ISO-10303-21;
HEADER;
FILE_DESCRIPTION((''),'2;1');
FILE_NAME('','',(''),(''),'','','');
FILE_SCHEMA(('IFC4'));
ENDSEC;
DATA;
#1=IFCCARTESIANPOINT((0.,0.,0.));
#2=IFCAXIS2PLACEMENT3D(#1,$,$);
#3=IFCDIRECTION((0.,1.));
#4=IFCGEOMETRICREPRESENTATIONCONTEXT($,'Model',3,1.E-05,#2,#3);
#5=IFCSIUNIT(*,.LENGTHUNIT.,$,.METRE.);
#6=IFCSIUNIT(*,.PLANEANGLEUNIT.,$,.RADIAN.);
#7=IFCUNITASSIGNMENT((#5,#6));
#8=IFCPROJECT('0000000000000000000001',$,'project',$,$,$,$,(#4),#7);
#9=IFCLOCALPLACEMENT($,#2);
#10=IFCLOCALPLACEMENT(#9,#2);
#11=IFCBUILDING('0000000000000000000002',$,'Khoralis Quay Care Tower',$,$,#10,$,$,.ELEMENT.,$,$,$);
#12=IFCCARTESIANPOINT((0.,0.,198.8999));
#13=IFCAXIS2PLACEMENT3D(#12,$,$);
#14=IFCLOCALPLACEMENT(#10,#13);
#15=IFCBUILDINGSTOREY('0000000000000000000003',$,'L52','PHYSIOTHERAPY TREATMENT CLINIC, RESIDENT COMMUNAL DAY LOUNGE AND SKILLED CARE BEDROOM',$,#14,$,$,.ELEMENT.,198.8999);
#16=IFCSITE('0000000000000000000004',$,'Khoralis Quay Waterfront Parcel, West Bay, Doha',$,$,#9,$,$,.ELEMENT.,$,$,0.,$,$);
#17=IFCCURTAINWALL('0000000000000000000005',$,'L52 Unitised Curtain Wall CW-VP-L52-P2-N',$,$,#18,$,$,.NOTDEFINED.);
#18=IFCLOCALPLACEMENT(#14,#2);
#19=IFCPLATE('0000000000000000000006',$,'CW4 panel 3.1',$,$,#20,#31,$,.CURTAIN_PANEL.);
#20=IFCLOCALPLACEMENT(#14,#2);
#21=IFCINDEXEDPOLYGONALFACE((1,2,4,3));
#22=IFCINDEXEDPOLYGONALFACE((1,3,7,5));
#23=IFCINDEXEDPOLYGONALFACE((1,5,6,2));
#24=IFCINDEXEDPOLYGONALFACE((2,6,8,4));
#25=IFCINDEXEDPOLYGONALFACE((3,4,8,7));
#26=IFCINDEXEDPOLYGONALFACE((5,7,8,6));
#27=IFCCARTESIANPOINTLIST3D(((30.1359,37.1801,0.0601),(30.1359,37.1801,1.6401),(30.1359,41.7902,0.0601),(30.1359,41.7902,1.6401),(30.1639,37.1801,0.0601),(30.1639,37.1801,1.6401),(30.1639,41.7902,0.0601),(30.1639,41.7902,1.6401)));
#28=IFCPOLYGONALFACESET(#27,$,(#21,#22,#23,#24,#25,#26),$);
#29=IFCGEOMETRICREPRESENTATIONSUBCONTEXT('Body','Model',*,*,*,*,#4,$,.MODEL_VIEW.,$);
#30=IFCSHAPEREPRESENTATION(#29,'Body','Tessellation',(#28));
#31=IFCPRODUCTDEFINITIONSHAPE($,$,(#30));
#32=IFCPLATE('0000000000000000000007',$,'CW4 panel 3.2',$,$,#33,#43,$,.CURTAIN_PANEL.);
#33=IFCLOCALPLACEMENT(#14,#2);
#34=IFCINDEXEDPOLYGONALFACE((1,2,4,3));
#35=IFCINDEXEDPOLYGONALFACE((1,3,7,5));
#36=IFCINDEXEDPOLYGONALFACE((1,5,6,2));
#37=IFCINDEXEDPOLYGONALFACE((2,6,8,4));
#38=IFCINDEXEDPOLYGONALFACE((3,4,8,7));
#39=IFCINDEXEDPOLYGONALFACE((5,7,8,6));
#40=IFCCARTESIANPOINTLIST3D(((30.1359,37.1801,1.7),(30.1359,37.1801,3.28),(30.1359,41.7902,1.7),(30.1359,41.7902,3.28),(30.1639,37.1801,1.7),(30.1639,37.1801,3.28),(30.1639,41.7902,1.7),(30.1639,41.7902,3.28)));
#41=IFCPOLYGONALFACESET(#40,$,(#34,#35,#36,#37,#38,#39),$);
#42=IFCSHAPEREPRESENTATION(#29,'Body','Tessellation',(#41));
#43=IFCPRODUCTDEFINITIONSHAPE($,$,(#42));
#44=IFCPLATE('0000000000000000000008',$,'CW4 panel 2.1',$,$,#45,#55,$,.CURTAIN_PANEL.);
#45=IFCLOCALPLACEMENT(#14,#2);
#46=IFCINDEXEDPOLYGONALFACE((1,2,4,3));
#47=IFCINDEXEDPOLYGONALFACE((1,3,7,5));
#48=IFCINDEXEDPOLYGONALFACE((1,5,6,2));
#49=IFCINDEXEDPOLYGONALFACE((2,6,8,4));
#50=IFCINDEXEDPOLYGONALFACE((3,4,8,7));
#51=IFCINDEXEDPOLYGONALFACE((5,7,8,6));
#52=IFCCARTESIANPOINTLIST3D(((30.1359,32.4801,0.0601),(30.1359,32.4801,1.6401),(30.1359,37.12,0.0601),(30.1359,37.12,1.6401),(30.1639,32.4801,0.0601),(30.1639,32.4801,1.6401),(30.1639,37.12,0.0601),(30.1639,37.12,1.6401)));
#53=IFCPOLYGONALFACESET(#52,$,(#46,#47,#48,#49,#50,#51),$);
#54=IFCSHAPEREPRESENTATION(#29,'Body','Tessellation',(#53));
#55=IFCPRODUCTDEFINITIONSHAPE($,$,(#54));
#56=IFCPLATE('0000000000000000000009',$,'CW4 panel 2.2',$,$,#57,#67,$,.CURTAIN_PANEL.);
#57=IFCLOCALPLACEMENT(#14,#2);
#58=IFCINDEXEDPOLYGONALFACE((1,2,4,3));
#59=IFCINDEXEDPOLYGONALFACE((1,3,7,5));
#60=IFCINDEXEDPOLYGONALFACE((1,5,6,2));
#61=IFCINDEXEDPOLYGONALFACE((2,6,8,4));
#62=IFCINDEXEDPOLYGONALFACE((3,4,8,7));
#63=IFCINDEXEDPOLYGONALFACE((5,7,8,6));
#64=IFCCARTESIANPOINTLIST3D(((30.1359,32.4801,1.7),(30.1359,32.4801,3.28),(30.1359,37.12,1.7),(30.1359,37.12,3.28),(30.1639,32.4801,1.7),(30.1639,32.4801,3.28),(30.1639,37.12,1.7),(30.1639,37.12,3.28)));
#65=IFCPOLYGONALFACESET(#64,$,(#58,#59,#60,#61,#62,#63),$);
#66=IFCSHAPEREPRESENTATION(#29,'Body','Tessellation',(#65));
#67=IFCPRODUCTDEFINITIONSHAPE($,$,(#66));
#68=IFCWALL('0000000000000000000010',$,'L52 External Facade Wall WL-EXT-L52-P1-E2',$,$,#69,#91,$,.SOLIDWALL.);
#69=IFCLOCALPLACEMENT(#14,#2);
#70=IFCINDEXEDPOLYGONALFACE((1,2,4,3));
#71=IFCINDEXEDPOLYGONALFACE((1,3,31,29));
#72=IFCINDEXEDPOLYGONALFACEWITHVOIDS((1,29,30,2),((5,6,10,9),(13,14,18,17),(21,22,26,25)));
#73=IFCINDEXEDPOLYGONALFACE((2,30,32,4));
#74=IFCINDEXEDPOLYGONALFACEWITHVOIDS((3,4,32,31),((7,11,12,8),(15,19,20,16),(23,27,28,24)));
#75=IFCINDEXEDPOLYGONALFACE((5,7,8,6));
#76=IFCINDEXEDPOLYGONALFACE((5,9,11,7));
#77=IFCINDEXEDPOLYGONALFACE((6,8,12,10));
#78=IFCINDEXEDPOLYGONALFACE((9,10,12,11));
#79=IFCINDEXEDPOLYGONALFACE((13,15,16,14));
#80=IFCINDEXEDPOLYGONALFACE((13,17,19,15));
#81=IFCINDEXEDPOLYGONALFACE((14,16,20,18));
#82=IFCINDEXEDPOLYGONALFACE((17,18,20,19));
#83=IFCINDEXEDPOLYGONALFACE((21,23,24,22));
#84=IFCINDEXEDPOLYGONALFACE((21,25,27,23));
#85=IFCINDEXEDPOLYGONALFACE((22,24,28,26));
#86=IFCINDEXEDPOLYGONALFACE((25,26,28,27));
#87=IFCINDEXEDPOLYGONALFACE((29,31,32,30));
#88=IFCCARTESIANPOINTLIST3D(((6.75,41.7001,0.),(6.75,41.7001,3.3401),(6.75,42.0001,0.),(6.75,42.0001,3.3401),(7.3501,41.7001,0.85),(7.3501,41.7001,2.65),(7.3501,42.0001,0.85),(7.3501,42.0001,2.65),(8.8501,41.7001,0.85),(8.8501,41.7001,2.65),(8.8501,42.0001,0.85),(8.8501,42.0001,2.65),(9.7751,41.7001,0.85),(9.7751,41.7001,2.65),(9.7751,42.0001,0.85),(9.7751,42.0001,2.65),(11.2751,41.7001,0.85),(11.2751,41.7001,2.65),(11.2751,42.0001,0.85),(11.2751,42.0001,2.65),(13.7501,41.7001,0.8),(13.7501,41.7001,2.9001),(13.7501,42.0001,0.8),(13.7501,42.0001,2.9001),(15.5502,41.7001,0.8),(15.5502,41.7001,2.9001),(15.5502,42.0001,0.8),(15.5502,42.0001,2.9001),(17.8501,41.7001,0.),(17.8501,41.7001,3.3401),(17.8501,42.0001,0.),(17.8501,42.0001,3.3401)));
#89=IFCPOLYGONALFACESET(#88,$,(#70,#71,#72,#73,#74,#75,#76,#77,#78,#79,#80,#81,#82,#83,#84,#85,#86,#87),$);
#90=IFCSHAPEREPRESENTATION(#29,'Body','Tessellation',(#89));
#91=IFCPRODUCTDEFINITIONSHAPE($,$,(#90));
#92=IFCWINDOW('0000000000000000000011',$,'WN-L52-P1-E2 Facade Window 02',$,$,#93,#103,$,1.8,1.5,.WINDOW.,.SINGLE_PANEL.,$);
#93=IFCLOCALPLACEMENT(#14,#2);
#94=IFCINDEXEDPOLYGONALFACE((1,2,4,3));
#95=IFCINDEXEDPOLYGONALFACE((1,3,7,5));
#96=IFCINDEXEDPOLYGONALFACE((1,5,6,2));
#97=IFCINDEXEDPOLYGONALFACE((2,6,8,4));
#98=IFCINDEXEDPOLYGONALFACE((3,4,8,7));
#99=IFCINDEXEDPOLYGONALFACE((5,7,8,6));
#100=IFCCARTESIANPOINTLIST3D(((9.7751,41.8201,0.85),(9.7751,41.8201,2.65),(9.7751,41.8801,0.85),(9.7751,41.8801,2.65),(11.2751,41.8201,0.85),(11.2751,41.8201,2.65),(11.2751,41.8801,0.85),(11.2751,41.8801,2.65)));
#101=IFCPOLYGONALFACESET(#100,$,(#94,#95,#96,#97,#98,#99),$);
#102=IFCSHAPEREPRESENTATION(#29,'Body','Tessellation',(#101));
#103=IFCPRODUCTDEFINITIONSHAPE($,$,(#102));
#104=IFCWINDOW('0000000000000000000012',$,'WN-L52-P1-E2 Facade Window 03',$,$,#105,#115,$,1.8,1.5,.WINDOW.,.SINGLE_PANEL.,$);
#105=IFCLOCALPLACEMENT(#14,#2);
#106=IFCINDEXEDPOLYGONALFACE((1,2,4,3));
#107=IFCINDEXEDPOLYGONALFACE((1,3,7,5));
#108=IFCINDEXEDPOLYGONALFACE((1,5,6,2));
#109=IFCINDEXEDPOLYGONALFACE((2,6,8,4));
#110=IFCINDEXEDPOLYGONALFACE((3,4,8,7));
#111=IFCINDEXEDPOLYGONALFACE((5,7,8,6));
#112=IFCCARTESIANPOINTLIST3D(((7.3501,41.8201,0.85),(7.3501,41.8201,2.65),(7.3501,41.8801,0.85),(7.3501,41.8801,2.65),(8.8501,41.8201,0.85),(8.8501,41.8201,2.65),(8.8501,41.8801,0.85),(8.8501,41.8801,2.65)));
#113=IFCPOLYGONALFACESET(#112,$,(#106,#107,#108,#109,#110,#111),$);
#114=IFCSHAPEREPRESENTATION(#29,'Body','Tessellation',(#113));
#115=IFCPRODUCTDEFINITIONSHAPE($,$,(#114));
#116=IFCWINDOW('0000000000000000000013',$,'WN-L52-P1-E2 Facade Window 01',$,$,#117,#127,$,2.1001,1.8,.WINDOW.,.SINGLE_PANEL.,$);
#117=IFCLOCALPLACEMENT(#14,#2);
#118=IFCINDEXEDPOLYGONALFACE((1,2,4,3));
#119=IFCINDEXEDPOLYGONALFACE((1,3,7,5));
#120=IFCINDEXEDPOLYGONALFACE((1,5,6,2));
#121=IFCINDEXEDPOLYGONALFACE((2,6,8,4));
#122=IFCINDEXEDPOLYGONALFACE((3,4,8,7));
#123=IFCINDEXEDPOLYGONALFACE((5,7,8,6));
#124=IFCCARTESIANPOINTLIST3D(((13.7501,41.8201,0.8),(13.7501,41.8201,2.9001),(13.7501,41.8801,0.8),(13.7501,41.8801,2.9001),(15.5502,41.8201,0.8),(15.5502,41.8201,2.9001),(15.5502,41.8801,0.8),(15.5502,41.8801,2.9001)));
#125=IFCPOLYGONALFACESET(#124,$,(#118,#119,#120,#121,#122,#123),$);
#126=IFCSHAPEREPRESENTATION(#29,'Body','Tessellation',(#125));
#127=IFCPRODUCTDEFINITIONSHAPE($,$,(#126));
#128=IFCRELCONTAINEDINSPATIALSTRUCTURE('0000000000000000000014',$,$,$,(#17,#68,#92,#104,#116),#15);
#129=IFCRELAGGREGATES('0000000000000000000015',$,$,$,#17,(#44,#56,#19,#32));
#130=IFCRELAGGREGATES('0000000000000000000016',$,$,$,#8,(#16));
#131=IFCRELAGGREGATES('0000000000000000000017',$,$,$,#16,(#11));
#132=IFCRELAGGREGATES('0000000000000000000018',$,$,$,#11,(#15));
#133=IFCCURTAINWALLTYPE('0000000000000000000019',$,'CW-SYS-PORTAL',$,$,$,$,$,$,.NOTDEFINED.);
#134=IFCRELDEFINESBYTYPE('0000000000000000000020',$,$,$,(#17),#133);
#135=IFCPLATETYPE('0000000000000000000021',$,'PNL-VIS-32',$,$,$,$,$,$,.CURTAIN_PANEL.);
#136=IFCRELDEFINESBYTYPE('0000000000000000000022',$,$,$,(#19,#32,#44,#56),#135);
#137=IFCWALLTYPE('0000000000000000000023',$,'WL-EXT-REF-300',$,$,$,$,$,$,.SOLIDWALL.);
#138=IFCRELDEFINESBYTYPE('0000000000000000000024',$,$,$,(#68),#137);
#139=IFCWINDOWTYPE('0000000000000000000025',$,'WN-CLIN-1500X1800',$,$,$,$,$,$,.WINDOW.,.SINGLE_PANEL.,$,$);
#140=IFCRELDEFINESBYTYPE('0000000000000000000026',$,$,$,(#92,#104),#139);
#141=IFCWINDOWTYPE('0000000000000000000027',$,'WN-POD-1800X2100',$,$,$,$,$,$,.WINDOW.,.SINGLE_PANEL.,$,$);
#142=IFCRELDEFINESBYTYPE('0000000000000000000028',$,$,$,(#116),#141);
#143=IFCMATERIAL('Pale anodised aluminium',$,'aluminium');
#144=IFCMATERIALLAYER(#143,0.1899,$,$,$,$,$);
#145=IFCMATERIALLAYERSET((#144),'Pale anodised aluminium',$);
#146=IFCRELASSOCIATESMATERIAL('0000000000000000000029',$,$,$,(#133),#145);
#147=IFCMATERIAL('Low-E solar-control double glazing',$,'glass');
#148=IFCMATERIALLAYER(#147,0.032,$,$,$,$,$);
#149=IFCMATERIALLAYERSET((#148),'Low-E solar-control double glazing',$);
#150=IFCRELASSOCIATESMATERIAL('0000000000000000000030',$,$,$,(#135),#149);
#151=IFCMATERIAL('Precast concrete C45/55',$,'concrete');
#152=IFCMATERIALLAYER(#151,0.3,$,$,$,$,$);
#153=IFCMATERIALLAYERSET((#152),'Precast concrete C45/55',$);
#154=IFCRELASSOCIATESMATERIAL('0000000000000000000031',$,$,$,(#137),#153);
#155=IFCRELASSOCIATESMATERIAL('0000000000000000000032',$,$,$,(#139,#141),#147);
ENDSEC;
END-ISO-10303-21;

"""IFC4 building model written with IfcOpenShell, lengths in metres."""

from ifc_helpers import new_model, si_unit, direction, frame, frame_2d, origin, origin_2d, place, context, subcontext, project, spatial, rectangle, extrude, source, transform, mapped, material, layer, layer_set, type_object, element, fill, aggregate, save


model = new_model("IFC4")

# Units and contexts
model_context = context("Model", 3, precision=1e-05, world=origin(), true_north=direction((0.0, 1.0)))
body_context = subcontext(model_context, "Body", "Model", "MODEL_VIEW")
ifc_project = project(units=[si_unit("LENGTHUNIT", "METRE"), si_unit("PLANEANGLEUNIT", "RADIAN")], contexts=[model_context])

# Site, building, storey
site_placement = place(None, origin())
site = spatial("IfcSite", under=ifc_project, at=site_placement, Name="Khoralis Quay Waterfront Parcel, West Bay, Doha", CompositionType="ELEMENT", RefElevation=0.0)
building_placement = place(site_placement, origin())
building = spatial("IfcBuilding", under=site, at=building_placement, Name="Khoralis Quay Care Tower", CompositionType="ELEMENT")
storey_placement = place(building_placement, frame((0.0, 0.0, 198.8999)))
storey = spatial("IfcBuildingStorey", under=building, at=storey_placement, Name="L52", Description="PHYSIOTHERAPY TREATMENT CLINIC, RESIDENT COMMUNAL DAY LOUNGE AND SKILLED CARE BEDROOM", CompositionType="ELEMENT", Elevation=198.8999)

# Curtain wall
ifc_material_1 = material(Name="Pale anodised aluminium", Category="aluminium")
ifc_layer_1 = layer(ifc_material_1, 0.1899)
ifc_layer_set_1 = layer_set([ifc_layer_1], Name="Pale anodised aluminium")
curtain_wall_type = type_object("IfcCurtainWallType", Name="CW-SYS-PORTAL", PredefinedType="NOTDEFINED", material=ifc_layer_set_1)
curtain_wall_1_placement = place(storey_placement, origin())
curtain_wall_1 = element("IfcCurtainWall", 1, at=curtain_wall_1_placement, inside=storey, type_object=curtain_wall_type, Name="L52 Unitised Curtain Wall CW-VP-L52-P2-N", PredefinedType="NOTDEFINED")

# Plates
ifc_material_2 = material(Name="Low-E solar-control double glazing", Category="glass")
ifc_layer_2 = layer(ifc_material_2, 0.032)
ifc_layer_set_2 = layer_set([ifc_layer_2], Name="Low-E solar-control double glazing")
plate_type = type_object("IfcPlateType", Name="PNL-VIS-32", PredefinedType="CURTAIN_PANEL", material=ifc_layer_set_2)
shared_shape_1 = source(origin(), body_context, "Body", "SweptSolid", [
    extrude(rectangle(XDim=4.6101, YDim=0.0281, at=origin_2d()), origin(), (0.0, 0.0, 1.0), 1.5801),
])
plate_1_placement = place(storey_placement, frame((30.1499, 39.4851, 0.0601), z_axis=(0.0, 0.0, 1.0), x_axis=(0.0, 1.0, 0.0)))
plate_1 = element("IfcPlate", 2, at=plate_1_placement, type_object=plate_type, Name="CW4 panel 3.1", PredefinedType="CURTAIN_PANEL", context=body_context, shape_type="MappedRepresentation", body=[
    mapped(shared_shape_1, transform((0.0, 0.0, 0.0), scale=1.0)),
])
plate_2_placement = place(storey_placement, frame((30.1499, 39.4851, 1.7), z_axis=(0.0, 0.0, 1.0), x_axis=(0.0, 1.0, 0.0)))
plate_2 = element("IfcPlate", 3, at=plate_2_placement, type_object=plate_type, Name="CW4 panel 3.2", PredefinedType="CURTAIN_PANEL", context=body_context, shape_type="MappedRepresentation", body=[
    mapped(shared_shape_1, transform((0.0, 0.0, 0.0), scale=1.0)),
])
shared_shape_2 = source(origin(), body_context, "Body", "SweptSolid", [
    extrude(rectangle(XDim=4.6399, YDim=0.0281, at=origin_2d()), origin(), (0.0, 0.0, 1.0), 1.5801),
])
plate_3_placement = place(storey_placement, frame((30.1499, 34.8, 0.0601), z_axis=(0.0, 0.0, 1.0), x_axis=(0.0, 1.0, 0.0)))
plate_3 = element("IfcPlate", 4, at=plate_3_placement, type_object=plate_type, Name="CW4 panel 2.1", PredefinedType="CURTAIN_PANEL", context=body_context, shape_type="MappedRepresentation", body=[
    mapped(shared_shape_2, transform((0.0, 0.0, 0.0), scale=1.0)),
])
plate_4_placement = place(storey_placement, frame((30.1499, 34.8, 1.7), z_axis=(0.0, 0.0, 1.0), x_axis=(0.0, 1.0, 0.0)))
plate_4 = element("IfcPlate", 5, at=plate_4_placement, type_object=plate_type, Name="CW4 panel 2.2", PredefinedType="CURTAIN_PANEL", context=body_context, shape_type="MappedRepresentation", body=[
    mapped(shared_shape_2, transform((0.0, 0.0, 0.0), scale=1.0)),
])
aggregate(curtain_wall_1, [plate_3, plate_4, plate_1, plate_2])

# Wall, openings, windows
ifc_material_3 = material(Name="Precast concrete C45/55", Category="concrete")
ifc_layer_3 = layer(ifc_material_3, 0.3)
ifc_layer_set_3 = layer_set([ifc_layer_3], Name="Precast concrete C45/55")
wall_type = type_object("IfcWallType", Name="WL-EXT-REF-300", PredefinedType="SOLIDWALL", material=ifc_layer_set_3)
wall_placement = place(storey_placement, frame((17.8501, 41.8501, 0.0), z_axis=(0.0, 0.0, 1.0), x_axis=(-1.0, 0.0, 0.0)))
wall = element("IfcWall", 6, at=wall_placement, inside=storey, type_object=wall_type, Name="L52 External Facade Wall WL-EXT-L52-P1-E2", PredefinedType="SOLIDWALL", context=body_context, shape_type="SweptSolid", body=[
    extrude(rectangle(XDim=11.1001, YDim=0.3, at=frame_2d((5.55, 0.0))), origin(), (0.0, 0.0, 1.0), 3.3401),
])
opening_1_placement = place(wall_placement, frame((2.3, 0.0, 0.8)))
opening_1 = element("IfcOpeningElement", 7, at=opening_1_placement, cuts=wall, PredefinedType="OPENING", context=body_context, shape_type="SweptSolid", body=[
    extrude(rectangle(XDim=1.8, YDim=2.1001, at=frame_2d((0.8999, 1.05))), frame((0.0, 0.1602, 0.0), z_axis=(0.0, -1.0, 0.0), x_axis=(1.0, 0.0, 0.0)), (0.0, 0.0, 1.0), 0.3201),
])
opening_2_placement = place(wall_placement, frame((6.575, 0.0, 0.8501)))
opening_2 = element("IfcOpeningElement", 8, at=opening_2_placement, cuts=wall, PredefinedType="OPENING", context=body_context, shape_type="SweptSolid", body=[
    extrude(rectangle(XDim=1.5, YDim=1.8, at=frame_2d((0.75, 0.8999))), frame((0.0, 0.1602, 0.0), z_axis=(0.0, -1.0, 0.0), x_axis=(1.0, 0.0, 0.0)), (0.0, 0.0, 1.0), 0.3201),
])
opening_3_placement = place(wall_placement, frame((9.0, 0.0, 0.8501)))
opening_3 = element("IfcOpeningElement", 9, at=opening_3_placement, cuts=wall, PredefinedType="OPENING", context=body_context, shape_type="SweptSolid", body=[
    extrude(rectangle(XDim=1.5, YDim=1.8, at=frame_2d((0.75, 0.8999))), frame((0.0, 0.1602, 0.0), z_axis=(0.0, -1.0, 0.0), x_axis=(1.0, 0.0, 0.0)), (0.0, 0.0, 1.0), 0.3201),
])
window_type_1 = type_object("IfcWindowType", Name="WN-CLIN-1500X1800", PartitioningType="SINGLE_PANEL", PredefinedType="WINDOW", material=ifc_material_2)
shared_shape_3 = source(origin(), body_context, "Body", "SweptSolid", [
    extrude(rectangle(XDim=1.5, YDim=1.8, at=frame_2d((0.75, 0.8999))), frame((0.0, 0.03, 0.0), z_axis=(0.0, -1.0, 0.0), x_axis=(1.0, 0.0, 0.0)), (0.0, 0.0, 1.0), 0.0601),
])
window_1_placement = place(opening_2_placement, origin())
window_1 = element("IfcWindow", 10, at=window_1_placement, inside=storey, type_object=window_type_1, Name="WN-L52-P1-E2 Facade Window 02", OverallHeight=1.8, OverallWidth=1.5, PartitioningType="SINGLE_PANEL", PredefinedType="WINDOW", context=body_context, shape_type="MappedRepresentation", body=[
    mapped(shared_shape_3, transform((0.0, 0.0, 0.0), scale=1.0)),
])
fill(opening_2, window_1)
window_2_placement = place(opening_3_placement, origin())
window_2 = element("IfcWindow", 11, at=window_2_placement, inside=storey, type_object=window_type_1, Name="WN-L52-P1-E2 Facade Window 03", OverallHeight=1.8, OverallWidth=1.5, PartitioningType="SINGLE_PANEL", PredefinedType="WINDOW", context=body_context, shape_type="MappedRepresentation", body=[
    mapped(shared_shape_3, transform((0.0, 0.0, 0.0), scale=1.0)),
])
fill(opening_3, window_2)
window_type_2 = type_object("IfcWindowType", Name="WN-POD-1800X2100", PartitioningType="SINGLE_PANEL", PredefinedType="WINDOW", material=ifc_material_2)
shared_shape_4 = source(origin(), body_context, "Body", "SweptSolid", [
    extrude(rectangle(XDim=1.8, YDim=2.1001, at=frame_2d((0.8999, 1.05))), frame((0.0, 0.03, 0.0), z_axis=(0.0, -1.0, 0.0), x_axis=(1.0, 0.0, 0.0)), (0.0, 0.0, 1.0), 0.0601),
])
window_3_placement = place(opening_1_placement, origin())
window_3 = element("IfcWindow", 12, at=window_3_placement, inside=storey, type_object=window_type_2, Name="WN-L52-P1-E2 Facade Window 01", OverallHeight=2.1001, OverallWidth=1.8, PartitioningType="SINGLE_PANEL", PredefinedType="WINDOW", context=body_context, shape_type="MappedRepresentation", body=[
    mapped(shared_shape_4, transform((0.0, 0.0, 0.0), scale=1.0)),
])
fill(opening_1, window_3)

save(model, "model.ifc")
